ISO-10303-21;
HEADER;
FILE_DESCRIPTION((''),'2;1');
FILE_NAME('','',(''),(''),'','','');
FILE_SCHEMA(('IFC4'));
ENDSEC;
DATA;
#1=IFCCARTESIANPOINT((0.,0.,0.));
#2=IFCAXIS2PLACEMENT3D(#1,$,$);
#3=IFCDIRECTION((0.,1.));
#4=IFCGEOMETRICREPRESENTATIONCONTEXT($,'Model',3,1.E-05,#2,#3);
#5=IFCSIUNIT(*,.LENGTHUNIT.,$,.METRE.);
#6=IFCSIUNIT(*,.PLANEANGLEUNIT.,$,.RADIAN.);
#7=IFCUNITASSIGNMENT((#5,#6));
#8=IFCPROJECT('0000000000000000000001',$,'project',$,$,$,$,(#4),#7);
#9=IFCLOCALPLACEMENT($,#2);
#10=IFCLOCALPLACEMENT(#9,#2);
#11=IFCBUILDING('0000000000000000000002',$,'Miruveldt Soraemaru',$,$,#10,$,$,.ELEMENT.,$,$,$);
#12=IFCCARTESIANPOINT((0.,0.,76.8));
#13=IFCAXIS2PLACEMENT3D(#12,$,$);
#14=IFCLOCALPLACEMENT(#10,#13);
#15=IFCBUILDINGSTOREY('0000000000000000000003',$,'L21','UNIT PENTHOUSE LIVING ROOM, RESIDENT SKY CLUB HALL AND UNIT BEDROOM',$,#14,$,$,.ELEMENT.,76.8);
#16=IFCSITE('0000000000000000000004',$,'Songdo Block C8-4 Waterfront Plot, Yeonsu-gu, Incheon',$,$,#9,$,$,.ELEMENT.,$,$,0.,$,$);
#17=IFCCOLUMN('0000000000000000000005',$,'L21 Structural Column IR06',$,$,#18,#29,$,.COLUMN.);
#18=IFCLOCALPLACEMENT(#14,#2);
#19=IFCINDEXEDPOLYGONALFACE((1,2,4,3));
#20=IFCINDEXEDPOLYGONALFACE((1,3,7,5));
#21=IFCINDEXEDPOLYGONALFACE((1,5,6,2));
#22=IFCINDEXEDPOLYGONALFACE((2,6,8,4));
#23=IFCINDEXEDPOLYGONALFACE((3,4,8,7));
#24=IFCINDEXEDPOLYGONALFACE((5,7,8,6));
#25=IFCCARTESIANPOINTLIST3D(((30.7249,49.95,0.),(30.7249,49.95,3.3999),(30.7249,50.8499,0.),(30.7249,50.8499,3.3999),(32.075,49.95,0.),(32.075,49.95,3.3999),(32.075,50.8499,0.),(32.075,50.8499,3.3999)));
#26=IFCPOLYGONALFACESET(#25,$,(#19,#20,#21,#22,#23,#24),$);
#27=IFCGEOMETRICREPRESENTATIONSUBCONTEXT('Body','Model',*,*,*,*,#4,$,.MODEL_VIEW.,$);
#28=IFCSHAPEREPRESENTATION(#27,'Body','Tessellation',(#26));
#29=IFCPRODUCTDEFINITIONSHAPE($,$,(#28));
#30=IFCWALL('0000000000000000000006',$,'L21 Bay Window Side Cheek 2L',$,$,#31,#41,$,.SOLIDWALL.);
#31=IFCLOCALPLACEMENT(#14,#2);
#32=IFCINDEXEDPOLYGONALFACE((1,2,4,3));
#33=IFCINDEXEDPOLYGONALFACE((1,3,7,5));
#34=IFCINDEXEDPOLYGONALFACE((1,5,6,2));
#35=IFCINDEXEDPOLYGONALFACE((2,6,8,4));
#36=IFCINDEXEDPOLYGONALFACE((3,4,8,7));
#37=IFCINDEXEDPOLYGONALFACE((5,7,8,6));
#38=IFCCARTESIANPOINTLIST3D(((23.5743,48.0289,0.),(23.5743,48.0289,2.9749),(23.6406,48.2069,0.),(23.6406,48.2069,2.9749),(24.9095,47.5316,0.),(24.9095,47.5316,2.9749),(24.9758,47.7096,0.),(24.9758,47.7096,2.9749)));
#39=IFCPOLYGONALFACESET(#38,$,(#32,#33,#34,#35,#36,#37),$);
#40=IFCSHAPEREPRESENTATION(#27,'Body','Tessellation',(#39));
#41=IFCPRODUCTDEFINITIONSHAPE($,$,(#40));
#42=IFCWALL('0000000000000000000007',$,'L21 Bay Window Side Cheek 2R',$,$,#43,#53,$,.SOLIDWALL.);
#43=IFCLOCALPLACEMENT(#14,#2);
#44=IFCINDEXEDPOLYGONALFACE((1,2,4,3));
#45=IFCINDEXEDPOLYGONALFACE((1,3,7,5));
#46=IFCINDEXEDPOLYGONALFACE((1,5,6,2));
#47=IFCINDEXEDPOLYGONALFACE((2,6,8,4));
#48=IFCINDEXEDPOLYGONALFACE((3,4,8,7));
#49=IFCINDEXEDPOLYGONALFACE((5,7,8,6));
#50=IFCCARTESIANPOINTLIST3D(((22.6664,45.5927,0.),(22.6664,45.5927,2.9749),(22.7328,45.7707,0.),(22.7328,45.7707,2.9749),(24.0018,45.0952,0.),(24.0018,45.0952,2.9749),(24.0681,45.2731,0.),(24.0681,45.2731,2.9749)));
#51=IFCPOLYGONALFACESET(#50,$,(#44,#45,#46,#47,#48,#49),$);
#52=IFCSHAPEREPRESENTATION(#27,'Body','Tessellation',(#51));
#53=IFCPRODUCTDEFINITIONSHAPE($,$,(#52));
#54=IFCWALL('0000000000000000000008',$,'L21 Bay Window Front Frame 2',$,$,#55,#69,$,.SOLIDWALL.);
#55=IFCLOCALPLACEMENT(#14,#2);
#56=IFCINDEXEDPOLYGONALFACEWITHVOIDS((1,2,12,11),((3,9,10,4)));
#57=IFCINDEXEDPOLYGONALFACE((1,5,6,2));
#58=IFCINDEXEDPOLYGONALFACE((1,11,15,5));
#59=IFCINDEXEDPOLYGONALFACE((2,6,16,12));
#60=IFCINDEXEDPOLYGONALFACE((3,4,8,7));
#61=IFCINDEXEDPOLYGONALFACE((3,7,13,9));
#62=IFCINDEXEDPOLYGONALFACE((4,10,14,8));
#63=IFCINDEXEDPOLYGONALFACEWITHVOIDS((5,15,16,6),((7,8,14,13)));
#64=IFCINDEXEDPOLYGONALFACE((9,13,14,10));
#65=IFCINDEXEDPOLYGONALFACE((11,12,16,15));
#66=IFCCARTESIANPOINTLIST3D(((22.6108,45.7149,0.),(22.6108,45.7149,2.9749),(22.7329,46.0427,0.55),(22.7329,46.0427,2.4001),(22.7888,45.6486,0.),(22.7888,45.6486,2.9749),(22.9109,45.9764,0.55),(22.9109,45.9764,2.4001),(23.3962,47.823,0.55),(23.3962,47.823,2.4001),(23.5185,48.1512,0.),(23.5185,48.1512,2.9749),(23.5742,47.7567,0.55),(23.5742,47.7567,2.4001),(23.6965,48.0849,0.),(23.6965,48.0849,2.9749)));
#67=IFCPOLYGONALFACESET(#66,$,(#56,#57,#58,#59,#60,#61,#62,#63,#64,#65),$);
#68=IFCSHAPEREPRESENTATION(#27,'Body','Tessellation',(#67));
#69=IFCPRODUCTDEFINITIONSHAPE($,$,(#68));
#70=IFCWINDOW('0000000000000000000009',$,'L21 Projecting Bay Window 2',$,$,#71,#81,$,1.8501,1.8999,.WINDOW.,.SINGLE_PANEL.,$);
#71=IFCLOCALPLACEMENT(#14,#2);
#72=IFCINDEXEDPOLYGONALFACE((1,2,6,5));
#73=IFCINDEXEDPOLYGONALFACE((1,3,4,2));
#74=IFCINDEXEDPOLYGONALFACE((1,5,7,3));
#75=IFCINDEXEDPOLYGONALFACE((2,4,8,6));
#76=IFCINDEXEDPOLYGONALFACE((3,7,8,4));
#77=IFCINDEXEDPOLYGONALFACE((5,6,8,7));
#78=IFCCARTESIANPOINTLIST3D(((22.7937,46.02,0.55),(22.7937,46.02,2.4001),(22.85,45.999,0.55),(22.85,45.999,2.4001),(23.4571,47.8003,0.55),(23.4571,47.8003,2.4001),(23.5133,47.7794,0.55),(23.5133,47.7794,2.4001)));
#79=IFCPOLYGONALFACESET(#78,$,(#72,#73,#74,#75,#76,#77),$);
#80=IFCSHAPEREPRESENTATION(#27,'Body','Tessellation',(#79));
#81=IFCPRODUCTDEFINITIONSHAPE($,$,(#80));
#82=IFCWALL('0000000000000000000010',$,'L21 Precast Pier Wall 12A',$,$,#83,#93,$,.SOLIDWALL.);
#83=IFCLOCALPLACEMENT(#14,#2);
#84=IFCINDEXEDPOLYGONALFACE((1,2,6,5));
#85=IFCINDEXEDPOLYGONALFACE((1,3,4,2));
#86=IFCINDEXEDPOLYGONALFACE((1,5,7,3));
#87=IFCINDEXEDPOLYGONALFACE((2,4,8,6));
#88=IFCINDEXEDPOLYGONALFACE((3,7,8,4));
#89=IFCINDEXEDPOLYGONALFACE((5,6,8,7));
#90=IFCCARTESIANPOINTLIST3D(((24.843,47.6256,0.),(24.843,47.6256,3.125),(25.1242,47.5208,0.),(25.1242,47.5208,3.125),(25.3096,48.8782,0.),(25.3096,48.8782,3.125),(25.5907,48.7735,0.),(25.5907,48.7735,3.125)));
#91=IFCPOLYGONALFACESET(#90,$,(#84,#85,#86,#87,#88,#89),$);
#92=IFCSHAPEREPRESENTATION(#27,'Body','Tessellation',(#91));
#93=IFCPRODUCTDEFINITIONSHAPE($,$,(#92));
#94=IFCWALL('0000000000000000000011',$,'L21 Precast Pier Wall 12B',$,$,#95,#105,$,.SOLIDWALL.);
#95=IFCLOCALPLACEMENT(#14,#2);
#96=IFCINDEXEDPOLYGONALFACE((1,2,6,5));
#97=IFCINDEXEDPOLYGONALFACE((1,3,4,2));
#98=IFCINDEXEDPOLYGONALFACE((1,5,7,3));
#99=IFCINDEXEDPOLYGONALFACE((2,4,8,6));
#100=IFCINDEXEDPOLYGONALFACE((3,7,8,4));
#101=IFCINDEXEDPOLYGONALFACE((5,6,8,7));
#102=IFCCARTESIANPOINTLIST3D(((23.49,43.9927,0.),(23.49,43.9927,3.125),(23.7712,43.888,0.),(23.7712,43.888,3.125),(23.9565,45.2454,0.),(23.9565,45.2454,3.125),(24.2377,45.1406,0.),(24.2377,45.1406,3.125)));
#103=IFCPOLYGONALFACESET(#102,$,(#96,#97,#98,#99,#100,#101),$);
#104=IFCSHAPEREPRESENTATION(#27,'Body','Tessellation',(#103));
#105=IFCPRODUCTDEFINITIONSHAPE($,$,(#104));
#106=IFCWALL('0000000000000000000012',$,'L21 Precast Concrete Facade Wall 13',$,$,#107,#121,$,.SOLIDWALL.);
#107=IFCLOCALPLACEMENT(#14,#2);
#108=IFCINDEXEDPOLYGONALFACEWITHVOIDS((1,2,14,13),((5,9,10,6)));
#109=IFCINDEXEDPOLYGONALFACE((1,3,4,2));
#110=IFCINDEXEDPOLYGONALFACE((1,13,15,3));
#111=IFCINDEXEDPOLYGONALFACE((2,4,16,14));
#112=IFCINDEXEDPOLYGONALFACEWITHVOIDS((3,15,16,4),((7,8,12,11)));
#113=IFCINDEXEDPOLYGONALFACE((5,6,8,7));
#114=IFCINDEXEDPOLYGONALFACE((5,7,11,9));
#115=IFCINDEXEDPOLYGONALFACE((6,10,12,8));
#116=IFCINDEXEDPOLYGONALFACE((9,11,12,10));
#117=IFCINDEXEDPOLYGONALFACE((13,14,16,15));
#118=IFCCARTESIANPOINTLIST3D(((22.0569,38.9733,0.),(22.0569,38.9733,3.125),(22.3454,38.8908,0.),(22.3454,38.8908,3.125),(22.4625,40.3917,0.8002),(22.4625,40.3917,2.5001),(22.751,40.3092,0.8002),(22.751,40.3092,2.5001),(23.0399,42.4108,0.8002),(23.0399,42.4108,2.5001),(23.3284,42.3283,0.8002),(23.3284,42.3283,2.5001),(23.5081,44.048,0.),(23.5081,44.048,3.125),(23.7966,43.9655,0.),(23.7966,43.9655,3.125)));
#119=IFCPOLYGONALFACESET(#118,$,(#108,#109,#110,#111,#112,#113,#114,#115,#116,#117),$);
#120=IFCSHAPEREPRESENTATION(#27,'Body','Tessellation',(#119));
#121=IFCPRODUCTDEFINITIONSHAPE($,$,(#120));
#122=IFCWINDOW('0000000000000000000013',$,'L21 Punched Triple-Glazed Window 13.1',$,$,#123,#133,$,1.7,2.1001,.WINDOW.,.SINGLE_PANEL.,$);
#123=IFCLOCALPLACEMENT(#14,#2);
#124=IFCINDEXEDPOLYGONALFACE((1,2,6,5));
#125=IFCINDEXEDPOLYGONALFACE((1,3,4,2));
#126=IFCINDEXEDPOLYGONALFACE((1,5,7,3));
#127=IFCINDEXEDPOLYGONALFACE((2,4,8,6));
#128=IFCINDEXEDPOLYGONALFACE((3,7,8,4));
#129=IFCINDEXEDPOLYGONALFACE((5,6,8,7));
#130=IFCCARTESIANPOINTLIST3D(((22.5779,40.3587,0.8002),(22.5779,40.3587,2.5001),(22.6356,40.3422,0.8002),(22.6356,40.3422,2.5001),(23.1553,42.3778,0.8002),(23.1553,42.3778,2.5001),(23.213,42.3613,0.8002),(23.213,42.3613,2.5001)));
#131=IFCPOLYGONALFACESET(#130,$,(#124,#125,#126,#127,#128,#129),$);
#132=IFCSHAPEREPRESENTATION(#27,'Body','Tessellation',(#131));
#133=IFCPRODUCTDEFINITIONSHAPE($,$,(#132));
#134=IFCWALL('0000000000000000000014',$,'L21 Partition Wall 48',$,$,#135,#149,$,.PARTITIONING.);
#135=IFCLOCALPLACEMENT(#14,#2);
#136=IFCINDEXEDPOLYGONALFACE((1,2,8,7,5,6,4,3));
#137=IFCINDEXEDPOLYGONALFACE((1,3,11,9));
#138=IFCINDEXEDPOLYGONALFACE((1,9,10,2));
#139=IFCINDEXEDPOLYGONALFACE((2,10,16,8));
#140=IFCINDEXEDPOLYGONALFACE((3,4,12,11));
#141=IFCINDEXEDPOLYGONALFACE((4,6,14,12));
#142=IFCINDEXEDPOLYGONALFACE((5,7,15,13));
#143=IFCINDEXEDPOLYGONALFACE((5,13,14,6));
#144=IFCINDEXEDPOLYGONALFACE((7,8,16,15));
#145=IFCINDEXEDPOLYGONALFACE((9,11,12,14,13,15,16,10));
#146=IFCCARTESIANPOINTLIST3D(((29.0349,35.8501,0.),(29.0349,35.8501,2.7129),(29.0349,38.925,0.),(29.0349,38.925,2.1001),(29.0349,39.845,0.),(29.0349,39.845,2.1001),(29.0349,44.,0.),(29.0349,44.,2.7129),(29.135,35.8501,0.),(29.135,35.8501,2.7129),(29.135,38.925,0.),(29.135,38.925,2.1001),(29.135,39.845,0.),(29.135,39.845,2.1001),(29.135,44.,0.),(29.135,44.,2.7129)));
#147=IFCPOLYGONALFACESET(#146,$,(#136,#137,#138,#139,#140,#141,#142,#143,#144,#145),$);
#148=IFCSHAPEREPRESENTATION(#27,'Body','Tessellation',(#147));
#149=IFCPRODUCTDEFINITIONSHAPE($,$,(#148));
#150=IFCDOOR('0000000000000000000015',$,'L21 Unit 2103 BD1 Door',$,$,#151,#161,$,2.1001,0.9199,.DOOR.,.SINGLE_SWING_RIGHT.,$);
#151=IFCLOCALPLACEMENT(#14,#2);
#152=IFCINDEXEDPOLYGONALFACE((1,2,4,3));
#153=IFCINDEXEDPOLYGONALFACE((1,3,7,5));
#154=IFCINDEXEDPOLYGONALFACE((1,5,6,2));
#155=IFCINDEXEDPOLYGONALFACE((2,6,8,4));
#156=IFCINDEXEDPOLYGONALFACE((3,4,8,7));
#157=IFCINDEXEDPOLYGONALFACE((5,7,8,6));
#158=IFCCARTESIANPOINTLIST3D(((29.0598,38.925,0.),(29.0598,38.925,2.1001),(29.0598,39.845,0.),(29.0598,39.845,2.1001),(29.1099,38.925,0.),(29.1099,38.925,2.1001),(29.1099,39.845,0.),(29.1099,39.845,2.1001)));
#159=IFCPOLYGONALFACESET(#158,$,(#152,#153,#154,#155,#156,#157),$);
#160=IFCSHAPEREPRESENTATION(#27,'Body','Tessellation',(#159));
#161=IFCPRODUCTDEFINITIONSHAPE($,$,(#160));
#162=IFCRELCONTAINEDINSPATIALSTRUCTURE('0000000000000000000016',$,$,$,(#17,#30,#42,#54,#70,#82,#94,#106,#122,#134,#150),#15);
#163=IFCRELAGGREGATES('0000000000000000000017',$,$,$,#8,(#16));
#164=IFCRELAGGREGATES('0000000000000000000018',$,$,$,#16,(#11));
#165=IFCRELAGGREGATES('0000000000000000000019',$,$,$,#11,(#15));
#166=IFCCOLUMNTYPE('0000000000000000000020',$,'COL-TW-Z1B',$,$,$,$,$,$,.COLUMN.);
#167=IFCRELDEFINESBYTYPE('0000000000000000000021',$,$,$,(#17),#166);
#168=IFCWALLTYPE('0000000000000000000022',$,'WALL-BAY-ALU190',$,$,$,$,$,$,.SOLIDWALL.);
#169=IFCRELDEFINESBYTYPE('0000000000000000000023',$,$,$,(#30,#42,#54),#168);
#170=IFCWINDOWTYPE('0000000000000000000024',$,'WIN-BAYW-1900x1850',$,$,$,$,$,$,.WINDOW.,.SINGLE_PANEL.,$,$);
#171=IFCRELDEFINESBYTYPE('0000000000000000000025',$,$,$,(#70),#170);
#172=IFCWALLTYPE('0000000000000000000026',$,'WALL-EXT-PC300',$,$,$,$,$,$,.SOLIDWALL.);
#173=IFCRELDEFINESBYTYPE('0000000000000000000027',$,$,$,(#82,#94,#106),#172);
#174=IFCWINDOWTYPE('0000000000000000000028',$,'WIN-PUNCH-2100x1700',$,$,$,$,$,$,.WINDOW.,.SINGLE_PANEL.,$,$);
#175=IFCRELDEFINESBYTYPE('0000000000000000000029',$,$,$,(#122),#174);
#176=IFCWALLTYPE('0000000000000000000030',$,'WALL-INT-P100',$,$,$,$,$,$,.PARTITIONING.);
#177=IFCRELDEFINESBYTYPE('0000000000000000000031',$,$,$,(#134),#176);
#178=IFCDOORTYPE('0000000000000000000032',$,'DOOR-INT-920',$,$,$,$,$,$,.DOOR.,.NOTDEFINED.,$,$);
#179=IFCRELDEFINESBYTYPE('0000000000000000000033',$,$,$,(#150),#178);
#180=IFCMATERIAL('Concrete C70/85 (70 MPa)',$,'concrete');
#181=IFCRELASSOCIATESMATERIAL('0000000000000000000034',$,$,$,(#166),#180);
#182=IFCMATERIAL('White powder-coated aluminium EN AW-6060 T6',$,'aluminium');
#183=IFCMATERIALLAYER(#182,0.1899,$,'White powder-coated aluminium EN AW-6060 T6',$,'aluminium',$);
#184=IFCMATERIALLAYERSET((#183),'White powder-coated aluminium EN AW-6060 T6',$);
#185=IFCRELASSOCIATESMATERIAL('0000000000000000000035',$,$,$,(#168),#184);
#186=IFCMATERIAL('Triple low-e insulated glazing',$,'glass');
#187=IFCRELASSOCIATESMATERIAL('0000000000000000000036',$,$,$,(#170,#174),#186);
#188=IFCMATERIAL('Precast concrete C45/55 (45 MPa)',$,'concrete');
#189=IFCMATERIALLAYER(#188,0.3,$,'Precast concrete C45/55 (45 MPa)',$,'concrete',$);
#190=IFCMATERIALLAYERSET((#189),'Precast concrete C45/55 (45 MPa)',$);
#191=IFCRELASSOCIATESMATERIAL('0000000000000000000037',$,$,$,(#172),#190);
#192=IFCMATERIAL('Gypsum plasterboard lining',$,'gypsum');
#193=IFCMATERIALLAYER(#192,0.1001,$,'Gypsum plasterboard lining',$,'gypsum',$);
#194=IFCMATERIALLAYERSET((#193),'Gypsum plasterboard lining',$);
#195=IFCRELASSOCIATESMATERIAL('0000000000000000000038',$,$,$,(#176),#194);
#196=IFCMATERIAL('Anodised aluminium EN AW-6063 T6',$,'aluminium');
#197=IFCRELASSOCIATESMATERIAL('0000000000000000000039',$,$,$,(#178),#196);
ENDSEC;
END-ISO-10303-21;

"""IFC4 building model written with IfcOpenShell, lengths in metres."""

from ifc_helpers import new_model, si_unit, direction, frame, frame_2d, origin, origin_2d, place, context, subcontext, project, spatial, rectangle, extrude, material, layer, layer_set, material_profile, profile_set, type_object, element, fill, save


model = new_model("IFC4")

# Units and contexts
model_context = context("Model", 3, precision=1e-05, world=origin(), true_north=direction((0.0, 1.0)))
body_context = subcontext(model_context, "Body", "Model", "MODEL_VIEW")
ifc_project = project(units=[si_unit("LENGTHUNIT", "METRE"), si_unit("PLANEANGLEUNIT", "RADIAN")], contexts=[model_context])

# Site, building, storey
site_placement = place(None, origin())
site = spatial("IfcSite", under=ifc_project, at=site_placement, Name="Songdo Block C8-4 Waterfront Plot, Yeonsu-gu, Incheon", CompositionType="ELEMENT", RefElevation=0.0)
building_placement = place(site_placement, origin())
building = spatial("IfcBuilding", under=site, at=building_placement, Name="Miruveldt Soraemaru", CompositionType="ELEMENT")
storey_placement = place(building_placement, frame((0.0, 0.0, 76.8)))
storey = spatial("IfcBuildingStorey", under=building, at=storey_placement, Name="L21", Description="UNIT PENTHOUSE LIVING ROOM, RESIDENT SKY CLUB HALL AND UNIT BEDROOM", CompositionType="ELEMENT", Elevation=76.8)

# Column
ifc_material_1 = material(Name="Concrete C70/85 (70 MPa)", Category="concrete")
ifc_material_profile = material_profile(ifc_material_1, rectangle(XDim=1.3501, YDim=0.8999, at=origin_2d()), Name="Concrete C70/85 (70 MPa)", Category="concrete")
ifc_profile_set = profile_set([ifc_material_profile], Name="Concrete C70/85 (70 MPa)")
column_type = type_object("IfcColumnType", Name="COL-TW-Z1B", PredefinedType="COLUMN", material=ifc_profile_set)
column_placement = place(storey_placement, frame((31.3999, 50.3999, 0.0), z_axis=(0.0, 0.0, 1.0), x_axis=(1.0, 0.0, 0.0)))
element("IfcColumn", 1, at=column_placement, inside=storey, type_object=column_type, Name="L21 Structural Column IR06", PredefinedType="COLUMN", context=body_context, shape_type="SweptSolid", body=[
    extrude(rectangle(XDim=1.3501, YDim=0.8999, at=origin_2d()), origin(), (0.0, 0.0, 1.0), 3.3999),
])

# Walls
ifc_material_2 = material(Name="White powder-coated aluminium EN AW-6060 T6", Category="aluminium")
ifc_layer_1 = layer(ifc_material_2, 0.1899, Name="White powder-coated aluminium EN AW-6060 T6", Category="aluminium")
ifc_layer_set_1 = layer_set([ifc_layer_1], Name="White powder-coated aluminium EN AW-6060 T6")
wall_type_1 = type_object("IfcWallType", Name="WALL-BAY-ALU190", PredefinedType="SOLIDWALL", material=ifc_layer_set_1)
wall_1_placement = place(storey_placement, frame((24.9426, 47.6206, 0.0), z_axis=(0.0, 0.0, 1.0), x_axis=(-0.937108, 0.349038, 0.0)))
element("IfcWall", 2, at=wall_1_placement, inside=storey, type_object=wall_type_1, Name="L21 Bay Window Side Cheek 2L", PredefinedType="SOLIDWALL", context=body_context, shape_type="SweptSolid", body=[
    extrude(rectangle(XDim=1.4248, YDim=0.1899, at=frame_2d((0.7124, 0.0))), origin(), (0.0, 0.0, 1.0), 2.9749),
])
wall_2_placement = place(storey_placement, frame((22.6997, 45.6816, 0.0), z_axis=(0.0, 0.0, 1.0), x_axis=(0.937073, -0.349133, 0.0)))
element("IfcWall", 3, at=wall_2_placement, inside=storey, type_object=wall_type_1, Name="L21 Bay Window Side Cheek 2R", PredefinedType="SOLIDWALL", context=body_context, shape_type="SweptSolid", body=[
    extrude(rectangle(XDim=1.425, YDim=0.1899, at=frame_2d((0.7124, 0.0))), origin(), (0.0, 0.0, 1.0), 2.9749),
])

# Wall, opening, window
wall_3_placement = place(storey_placement, frame((23.6074, 48.1179, 0.0), z_axis=(0.0, 0.0, 1.0), x_axis=(-0.349137, -0.937072, 0.0)))
wall_3 = element("IfcWall", 4, at=wall_3_placement, inside=storey, type_object=wall_type_1, Name="L21 Bay Window Front Frame 2", PredefinedType="SOLIDWALL", context=body_context, shape_type="SweptSolid", body=[
    extrude(rectangle(XDim=2.5999, YDim=0.1899, at=frame_2d((1.2998, 0.0))), origin(), (0.0, 0.0, 1.0), 2.9749),
])
opening_1_placement = place(wall_3_placement, frame((0.3501, 0.0, 0.55)))
opening_1 = element("IfcOpeningElement", 5, at=opening_1_placement, cuts=wall_3, PredefinedType="OPENING", context=body_context, shape_type="SweptSolid", body=[
    extrude(rectangle(XDim=1.8999, YDim=1.8501, at=frame_2d((0.95, 0.925))), frame((0.0, 0.105, 0.0), z_axis=(0.0, -1.0, 0.0), x_axis=(1.0, 0.0, 0.0)), (0.0, 0.0, 1.0), 0.21),
])
ifc_material_3 = material(Name="Triple low-e insulated glazing", Category="glass")
window_type_1 = type_object("IfcWindowType", Name="WIN-BAYW-1900x1850", PartitioningType="SINGLE_PANEL", PredefinedType="WINDOW", material=ifc_material_3)
window_1_placement = place(opening_1_placement, origin())
window_1 = element("IfcWindow", 6, at=window_1_placement, inside=storey, type_object=window_type_1, Name="L21 Projecting Bay Window 2", OverallHeight=1.8501, OverallWidth=1.8999, PartitioningType="SINGLE_PANEL", PredefinedType="WINDOW", context=body_context, shape_type="SweptSolid", body=[
    extrude(rectangle(XDim=1.8999, YDim=1.8501, at=frame_2d((0.95, 0.925))), frame((0.0, 0.03, 0.0), z_axis=(0.0, -1.0, 0.0), x_axis=(1.0, 0.0, 0.0)), (0.0, 0.0, 1.0), 0.0601),
])
fill(opening_1, window_1)

# Walls
ifc_material_4 = material(Name="Precast concrete C45/55 (45 MPa)", Category="concrete")
ifc_layer_2 = layer(ifc_material_4, 0.3, Name="Precast concrete C45/55 (45 MPa)", Category="concrete")
ifc_layer_set_2 = layer_set([ifc_layer_2], Name="Precast concrete C45/55 (45 MPa)")
wall_type_2 = type_object("IfcWallType", Name="WALL-EXT-PC300", PredefinedType="SOLIDWALL", material=ifc_layer_set_2)
for number, where, z_axis, x_axis, name in (
    (7, (25.4502, 48.8259, 0.0), (0.0, 0.0, 1.0), (-0.349021, -0.937115, 0.0), "L21 Precast Pier Wall 12A"),
    (8, (24.0972, 45.1931, 0.0), (0.0, 0.0, 1.0), (-0.349021, -0.937115, 0.0), "L21 Precast Pier Wall 12B"),
):
    element("IfcWall", number, at=place(storey_placement, frame(where, z_axis=z_axis, x_axis=x_axis)), inside=storey, type_object=wall_type_2, Name=name, PredefinedType="SOLIDWALL", context=body_context, shape_type="SweptSolid", body=[
        extrude(rectangle(XDim=1.3367, YDim=0.3, at=frame_2d((0.6685, 0.0))), origin(), (0.0, 0.0, 1.0), 3.125),
    ])

# Wall, opening, window
wall_4_placement = place(storey_placement, frame((23.6523, 44.0068, 0.0), z_axis=(0.0, 0.0, 1.0), x_axis=(-0.274941, -0.961461, 0.0)))
wall_4 = element("IfcWall", 9, at=wall_4_placement, inside=storey, type_object=wall_type_2, Name="L21 Precast Concrete Facade Wall 13", PredefinedType="SOLIDWALL", context=body_context, shape_type="SweptSolid", body=[
    extrude(rectangle(XDim=5.2781, YDim=0.3, at=frame_2d((2.6392, 0.0))), origin(), (0.0, 0.0, 1.0), 3.125),
])
opening_2_placement = place(wall_4_placement, frame((1.7029, 0.0, 0.8)))
opening_2 = element("IfcOpeningElement", 10, at=opening_2_placement, cuts=wall_4, PredefinedType="OPENING", context=body_context, shape_type="SweptSolid", body=[
    extrude(rectangle(XDim=2.1001, YDim=1.7, at=frame_2d((1.05, 0.8501))), frame((0.0, 0.1602, 0.0), z_axis=(0.0, -1.0, 0.0), x_axis=(1.0, 0.0, 0.0)), (0.0, 0.0, 1.0), 0.3201),
])
window_type_2 = type_object("IfcWindowType", Name="WIN-PUNCH-2100x1700", PartitioningType="SINGLE_PANEL", PredefinedType="WINDOW", material=ifc_material_3)
window_2_placement = place(opening_2_placement, origin())
window_2 = element("IfcWindow", 11, at=window_2_placement, inside=storey, type_object=window_type_2, Name="L21 Punched Triple-Glazed Window 13.1", OverallHeight=1.7, OverallWidth=2.1001, PartitioningType="SINGLE_PANEL", PredefinedType="WINDOW", context=body_context, shape_type="SweptSolid", body=[
    extrude(rectangle(XDim=2.1001, YDim=1.7, at=frame_2d((1.05, 0.8501))), frame((0.0, 0.03, 0.0), z_axis=(0.0, -1.0, 0.0), x_axis=(1.0, 0.0, 0.0)), (0.0, 0.0, 1.0), 0.0601),
])
fill(opening_2, window_2)

# Wall, opening, door
ifc_material_5 = material(Name="Gypsum plasterboard lining", Category="gypsum")
ifc_layer_3 = layer(ifc_material_5, 0.1001, Name="Gypsum plasterboard lining", Category="gypsum")
ifc_layer_set_3 = layer_set([ifc_layer_3], Name="Gypsum plasterboard lining")
wall_type_3 = type_object("IfcWallType", Name="WALL-INT-P100", PredefinedType="PARTITIONING", material=ifc_layer_set_3)
wall_5_placement = place(storey_placement, frame((29.085, 44.0, 0.0), z_axis=(0.0, 0.0, 1.0), x_axis=(0.0, -1.0, 0.0)))
wall_5 = element("IfcWall", 12, at=wall_5_placement, inside=storey, type_object=wall_type_3, Name="L21 Partition Wall 48", PredefinedType="PARTITIONING", context=body_context, shape_type="SweptSolid", body=[
    extrude(rectangle(XDim=8.1499, YDim=0.1001, at=frame_2d((4.075, 0.0))), origin(), (0.0, 0.0, 1.0), 2.7129),
])
opening_3_placement = place(wall_5_placement, frame((4.155, 0.0, 0.0)))
opening_3 = element("IfcOpeningElement", 13, at=opening_3_placement, cuts=wall_5, PredefinedType="OPENING", context=body_context, shape_type="SweptSolid", body=[
    extrude(rectangle(XDim=0.9199, YDim=2.1001, at=frame_2d((0.46, 1.05))), frame((0.0, 0.0601, 0.0), z_axis=(0.0, -1.0, 0.0), x_axis=(1.0, 0.0, 0.0)), (0.0, 0.0, 1.0), 0.1201),
])
ifc_material_6 = material(Name="Anodised aluminium EN AW-6063 T6", Category="aluminium")
door_type_1 = type_object("IfcDoorType", Name="DOOR-INT-920", OperationType="NOTDEFINED", PredefinedType="DOOR", material=ifc_material_6)
door_1_placement = place(opening_3_placement, origin())
door_1 = element("IfcDoor", 14, at=door_1_placement, inside=storey, type_object=door_type_1, Name="L21 Unit 2103 BD1 Door", OperationType="SINGLE_SWING_RIGHT", OverallHeight=2.1001, OverallWidth=0.9199, PredefinedType="DOOR", context=body_context, shape_type="SweptSolid", body=[
    extrude(rectangle(XDim=0.9199, YDim=2.1001, at=frame_2d((0.46, 1.05))), frame((0.0, 0.0249, 0.0), z_axis=(0.0, -1.0, 0.0), x_axis=(1.0, 0.0, 0.0)), (0.0, 0.0, 1.0), 0.05),
])
fill(opening_3, door_1)

save(model, "model.ifc")
